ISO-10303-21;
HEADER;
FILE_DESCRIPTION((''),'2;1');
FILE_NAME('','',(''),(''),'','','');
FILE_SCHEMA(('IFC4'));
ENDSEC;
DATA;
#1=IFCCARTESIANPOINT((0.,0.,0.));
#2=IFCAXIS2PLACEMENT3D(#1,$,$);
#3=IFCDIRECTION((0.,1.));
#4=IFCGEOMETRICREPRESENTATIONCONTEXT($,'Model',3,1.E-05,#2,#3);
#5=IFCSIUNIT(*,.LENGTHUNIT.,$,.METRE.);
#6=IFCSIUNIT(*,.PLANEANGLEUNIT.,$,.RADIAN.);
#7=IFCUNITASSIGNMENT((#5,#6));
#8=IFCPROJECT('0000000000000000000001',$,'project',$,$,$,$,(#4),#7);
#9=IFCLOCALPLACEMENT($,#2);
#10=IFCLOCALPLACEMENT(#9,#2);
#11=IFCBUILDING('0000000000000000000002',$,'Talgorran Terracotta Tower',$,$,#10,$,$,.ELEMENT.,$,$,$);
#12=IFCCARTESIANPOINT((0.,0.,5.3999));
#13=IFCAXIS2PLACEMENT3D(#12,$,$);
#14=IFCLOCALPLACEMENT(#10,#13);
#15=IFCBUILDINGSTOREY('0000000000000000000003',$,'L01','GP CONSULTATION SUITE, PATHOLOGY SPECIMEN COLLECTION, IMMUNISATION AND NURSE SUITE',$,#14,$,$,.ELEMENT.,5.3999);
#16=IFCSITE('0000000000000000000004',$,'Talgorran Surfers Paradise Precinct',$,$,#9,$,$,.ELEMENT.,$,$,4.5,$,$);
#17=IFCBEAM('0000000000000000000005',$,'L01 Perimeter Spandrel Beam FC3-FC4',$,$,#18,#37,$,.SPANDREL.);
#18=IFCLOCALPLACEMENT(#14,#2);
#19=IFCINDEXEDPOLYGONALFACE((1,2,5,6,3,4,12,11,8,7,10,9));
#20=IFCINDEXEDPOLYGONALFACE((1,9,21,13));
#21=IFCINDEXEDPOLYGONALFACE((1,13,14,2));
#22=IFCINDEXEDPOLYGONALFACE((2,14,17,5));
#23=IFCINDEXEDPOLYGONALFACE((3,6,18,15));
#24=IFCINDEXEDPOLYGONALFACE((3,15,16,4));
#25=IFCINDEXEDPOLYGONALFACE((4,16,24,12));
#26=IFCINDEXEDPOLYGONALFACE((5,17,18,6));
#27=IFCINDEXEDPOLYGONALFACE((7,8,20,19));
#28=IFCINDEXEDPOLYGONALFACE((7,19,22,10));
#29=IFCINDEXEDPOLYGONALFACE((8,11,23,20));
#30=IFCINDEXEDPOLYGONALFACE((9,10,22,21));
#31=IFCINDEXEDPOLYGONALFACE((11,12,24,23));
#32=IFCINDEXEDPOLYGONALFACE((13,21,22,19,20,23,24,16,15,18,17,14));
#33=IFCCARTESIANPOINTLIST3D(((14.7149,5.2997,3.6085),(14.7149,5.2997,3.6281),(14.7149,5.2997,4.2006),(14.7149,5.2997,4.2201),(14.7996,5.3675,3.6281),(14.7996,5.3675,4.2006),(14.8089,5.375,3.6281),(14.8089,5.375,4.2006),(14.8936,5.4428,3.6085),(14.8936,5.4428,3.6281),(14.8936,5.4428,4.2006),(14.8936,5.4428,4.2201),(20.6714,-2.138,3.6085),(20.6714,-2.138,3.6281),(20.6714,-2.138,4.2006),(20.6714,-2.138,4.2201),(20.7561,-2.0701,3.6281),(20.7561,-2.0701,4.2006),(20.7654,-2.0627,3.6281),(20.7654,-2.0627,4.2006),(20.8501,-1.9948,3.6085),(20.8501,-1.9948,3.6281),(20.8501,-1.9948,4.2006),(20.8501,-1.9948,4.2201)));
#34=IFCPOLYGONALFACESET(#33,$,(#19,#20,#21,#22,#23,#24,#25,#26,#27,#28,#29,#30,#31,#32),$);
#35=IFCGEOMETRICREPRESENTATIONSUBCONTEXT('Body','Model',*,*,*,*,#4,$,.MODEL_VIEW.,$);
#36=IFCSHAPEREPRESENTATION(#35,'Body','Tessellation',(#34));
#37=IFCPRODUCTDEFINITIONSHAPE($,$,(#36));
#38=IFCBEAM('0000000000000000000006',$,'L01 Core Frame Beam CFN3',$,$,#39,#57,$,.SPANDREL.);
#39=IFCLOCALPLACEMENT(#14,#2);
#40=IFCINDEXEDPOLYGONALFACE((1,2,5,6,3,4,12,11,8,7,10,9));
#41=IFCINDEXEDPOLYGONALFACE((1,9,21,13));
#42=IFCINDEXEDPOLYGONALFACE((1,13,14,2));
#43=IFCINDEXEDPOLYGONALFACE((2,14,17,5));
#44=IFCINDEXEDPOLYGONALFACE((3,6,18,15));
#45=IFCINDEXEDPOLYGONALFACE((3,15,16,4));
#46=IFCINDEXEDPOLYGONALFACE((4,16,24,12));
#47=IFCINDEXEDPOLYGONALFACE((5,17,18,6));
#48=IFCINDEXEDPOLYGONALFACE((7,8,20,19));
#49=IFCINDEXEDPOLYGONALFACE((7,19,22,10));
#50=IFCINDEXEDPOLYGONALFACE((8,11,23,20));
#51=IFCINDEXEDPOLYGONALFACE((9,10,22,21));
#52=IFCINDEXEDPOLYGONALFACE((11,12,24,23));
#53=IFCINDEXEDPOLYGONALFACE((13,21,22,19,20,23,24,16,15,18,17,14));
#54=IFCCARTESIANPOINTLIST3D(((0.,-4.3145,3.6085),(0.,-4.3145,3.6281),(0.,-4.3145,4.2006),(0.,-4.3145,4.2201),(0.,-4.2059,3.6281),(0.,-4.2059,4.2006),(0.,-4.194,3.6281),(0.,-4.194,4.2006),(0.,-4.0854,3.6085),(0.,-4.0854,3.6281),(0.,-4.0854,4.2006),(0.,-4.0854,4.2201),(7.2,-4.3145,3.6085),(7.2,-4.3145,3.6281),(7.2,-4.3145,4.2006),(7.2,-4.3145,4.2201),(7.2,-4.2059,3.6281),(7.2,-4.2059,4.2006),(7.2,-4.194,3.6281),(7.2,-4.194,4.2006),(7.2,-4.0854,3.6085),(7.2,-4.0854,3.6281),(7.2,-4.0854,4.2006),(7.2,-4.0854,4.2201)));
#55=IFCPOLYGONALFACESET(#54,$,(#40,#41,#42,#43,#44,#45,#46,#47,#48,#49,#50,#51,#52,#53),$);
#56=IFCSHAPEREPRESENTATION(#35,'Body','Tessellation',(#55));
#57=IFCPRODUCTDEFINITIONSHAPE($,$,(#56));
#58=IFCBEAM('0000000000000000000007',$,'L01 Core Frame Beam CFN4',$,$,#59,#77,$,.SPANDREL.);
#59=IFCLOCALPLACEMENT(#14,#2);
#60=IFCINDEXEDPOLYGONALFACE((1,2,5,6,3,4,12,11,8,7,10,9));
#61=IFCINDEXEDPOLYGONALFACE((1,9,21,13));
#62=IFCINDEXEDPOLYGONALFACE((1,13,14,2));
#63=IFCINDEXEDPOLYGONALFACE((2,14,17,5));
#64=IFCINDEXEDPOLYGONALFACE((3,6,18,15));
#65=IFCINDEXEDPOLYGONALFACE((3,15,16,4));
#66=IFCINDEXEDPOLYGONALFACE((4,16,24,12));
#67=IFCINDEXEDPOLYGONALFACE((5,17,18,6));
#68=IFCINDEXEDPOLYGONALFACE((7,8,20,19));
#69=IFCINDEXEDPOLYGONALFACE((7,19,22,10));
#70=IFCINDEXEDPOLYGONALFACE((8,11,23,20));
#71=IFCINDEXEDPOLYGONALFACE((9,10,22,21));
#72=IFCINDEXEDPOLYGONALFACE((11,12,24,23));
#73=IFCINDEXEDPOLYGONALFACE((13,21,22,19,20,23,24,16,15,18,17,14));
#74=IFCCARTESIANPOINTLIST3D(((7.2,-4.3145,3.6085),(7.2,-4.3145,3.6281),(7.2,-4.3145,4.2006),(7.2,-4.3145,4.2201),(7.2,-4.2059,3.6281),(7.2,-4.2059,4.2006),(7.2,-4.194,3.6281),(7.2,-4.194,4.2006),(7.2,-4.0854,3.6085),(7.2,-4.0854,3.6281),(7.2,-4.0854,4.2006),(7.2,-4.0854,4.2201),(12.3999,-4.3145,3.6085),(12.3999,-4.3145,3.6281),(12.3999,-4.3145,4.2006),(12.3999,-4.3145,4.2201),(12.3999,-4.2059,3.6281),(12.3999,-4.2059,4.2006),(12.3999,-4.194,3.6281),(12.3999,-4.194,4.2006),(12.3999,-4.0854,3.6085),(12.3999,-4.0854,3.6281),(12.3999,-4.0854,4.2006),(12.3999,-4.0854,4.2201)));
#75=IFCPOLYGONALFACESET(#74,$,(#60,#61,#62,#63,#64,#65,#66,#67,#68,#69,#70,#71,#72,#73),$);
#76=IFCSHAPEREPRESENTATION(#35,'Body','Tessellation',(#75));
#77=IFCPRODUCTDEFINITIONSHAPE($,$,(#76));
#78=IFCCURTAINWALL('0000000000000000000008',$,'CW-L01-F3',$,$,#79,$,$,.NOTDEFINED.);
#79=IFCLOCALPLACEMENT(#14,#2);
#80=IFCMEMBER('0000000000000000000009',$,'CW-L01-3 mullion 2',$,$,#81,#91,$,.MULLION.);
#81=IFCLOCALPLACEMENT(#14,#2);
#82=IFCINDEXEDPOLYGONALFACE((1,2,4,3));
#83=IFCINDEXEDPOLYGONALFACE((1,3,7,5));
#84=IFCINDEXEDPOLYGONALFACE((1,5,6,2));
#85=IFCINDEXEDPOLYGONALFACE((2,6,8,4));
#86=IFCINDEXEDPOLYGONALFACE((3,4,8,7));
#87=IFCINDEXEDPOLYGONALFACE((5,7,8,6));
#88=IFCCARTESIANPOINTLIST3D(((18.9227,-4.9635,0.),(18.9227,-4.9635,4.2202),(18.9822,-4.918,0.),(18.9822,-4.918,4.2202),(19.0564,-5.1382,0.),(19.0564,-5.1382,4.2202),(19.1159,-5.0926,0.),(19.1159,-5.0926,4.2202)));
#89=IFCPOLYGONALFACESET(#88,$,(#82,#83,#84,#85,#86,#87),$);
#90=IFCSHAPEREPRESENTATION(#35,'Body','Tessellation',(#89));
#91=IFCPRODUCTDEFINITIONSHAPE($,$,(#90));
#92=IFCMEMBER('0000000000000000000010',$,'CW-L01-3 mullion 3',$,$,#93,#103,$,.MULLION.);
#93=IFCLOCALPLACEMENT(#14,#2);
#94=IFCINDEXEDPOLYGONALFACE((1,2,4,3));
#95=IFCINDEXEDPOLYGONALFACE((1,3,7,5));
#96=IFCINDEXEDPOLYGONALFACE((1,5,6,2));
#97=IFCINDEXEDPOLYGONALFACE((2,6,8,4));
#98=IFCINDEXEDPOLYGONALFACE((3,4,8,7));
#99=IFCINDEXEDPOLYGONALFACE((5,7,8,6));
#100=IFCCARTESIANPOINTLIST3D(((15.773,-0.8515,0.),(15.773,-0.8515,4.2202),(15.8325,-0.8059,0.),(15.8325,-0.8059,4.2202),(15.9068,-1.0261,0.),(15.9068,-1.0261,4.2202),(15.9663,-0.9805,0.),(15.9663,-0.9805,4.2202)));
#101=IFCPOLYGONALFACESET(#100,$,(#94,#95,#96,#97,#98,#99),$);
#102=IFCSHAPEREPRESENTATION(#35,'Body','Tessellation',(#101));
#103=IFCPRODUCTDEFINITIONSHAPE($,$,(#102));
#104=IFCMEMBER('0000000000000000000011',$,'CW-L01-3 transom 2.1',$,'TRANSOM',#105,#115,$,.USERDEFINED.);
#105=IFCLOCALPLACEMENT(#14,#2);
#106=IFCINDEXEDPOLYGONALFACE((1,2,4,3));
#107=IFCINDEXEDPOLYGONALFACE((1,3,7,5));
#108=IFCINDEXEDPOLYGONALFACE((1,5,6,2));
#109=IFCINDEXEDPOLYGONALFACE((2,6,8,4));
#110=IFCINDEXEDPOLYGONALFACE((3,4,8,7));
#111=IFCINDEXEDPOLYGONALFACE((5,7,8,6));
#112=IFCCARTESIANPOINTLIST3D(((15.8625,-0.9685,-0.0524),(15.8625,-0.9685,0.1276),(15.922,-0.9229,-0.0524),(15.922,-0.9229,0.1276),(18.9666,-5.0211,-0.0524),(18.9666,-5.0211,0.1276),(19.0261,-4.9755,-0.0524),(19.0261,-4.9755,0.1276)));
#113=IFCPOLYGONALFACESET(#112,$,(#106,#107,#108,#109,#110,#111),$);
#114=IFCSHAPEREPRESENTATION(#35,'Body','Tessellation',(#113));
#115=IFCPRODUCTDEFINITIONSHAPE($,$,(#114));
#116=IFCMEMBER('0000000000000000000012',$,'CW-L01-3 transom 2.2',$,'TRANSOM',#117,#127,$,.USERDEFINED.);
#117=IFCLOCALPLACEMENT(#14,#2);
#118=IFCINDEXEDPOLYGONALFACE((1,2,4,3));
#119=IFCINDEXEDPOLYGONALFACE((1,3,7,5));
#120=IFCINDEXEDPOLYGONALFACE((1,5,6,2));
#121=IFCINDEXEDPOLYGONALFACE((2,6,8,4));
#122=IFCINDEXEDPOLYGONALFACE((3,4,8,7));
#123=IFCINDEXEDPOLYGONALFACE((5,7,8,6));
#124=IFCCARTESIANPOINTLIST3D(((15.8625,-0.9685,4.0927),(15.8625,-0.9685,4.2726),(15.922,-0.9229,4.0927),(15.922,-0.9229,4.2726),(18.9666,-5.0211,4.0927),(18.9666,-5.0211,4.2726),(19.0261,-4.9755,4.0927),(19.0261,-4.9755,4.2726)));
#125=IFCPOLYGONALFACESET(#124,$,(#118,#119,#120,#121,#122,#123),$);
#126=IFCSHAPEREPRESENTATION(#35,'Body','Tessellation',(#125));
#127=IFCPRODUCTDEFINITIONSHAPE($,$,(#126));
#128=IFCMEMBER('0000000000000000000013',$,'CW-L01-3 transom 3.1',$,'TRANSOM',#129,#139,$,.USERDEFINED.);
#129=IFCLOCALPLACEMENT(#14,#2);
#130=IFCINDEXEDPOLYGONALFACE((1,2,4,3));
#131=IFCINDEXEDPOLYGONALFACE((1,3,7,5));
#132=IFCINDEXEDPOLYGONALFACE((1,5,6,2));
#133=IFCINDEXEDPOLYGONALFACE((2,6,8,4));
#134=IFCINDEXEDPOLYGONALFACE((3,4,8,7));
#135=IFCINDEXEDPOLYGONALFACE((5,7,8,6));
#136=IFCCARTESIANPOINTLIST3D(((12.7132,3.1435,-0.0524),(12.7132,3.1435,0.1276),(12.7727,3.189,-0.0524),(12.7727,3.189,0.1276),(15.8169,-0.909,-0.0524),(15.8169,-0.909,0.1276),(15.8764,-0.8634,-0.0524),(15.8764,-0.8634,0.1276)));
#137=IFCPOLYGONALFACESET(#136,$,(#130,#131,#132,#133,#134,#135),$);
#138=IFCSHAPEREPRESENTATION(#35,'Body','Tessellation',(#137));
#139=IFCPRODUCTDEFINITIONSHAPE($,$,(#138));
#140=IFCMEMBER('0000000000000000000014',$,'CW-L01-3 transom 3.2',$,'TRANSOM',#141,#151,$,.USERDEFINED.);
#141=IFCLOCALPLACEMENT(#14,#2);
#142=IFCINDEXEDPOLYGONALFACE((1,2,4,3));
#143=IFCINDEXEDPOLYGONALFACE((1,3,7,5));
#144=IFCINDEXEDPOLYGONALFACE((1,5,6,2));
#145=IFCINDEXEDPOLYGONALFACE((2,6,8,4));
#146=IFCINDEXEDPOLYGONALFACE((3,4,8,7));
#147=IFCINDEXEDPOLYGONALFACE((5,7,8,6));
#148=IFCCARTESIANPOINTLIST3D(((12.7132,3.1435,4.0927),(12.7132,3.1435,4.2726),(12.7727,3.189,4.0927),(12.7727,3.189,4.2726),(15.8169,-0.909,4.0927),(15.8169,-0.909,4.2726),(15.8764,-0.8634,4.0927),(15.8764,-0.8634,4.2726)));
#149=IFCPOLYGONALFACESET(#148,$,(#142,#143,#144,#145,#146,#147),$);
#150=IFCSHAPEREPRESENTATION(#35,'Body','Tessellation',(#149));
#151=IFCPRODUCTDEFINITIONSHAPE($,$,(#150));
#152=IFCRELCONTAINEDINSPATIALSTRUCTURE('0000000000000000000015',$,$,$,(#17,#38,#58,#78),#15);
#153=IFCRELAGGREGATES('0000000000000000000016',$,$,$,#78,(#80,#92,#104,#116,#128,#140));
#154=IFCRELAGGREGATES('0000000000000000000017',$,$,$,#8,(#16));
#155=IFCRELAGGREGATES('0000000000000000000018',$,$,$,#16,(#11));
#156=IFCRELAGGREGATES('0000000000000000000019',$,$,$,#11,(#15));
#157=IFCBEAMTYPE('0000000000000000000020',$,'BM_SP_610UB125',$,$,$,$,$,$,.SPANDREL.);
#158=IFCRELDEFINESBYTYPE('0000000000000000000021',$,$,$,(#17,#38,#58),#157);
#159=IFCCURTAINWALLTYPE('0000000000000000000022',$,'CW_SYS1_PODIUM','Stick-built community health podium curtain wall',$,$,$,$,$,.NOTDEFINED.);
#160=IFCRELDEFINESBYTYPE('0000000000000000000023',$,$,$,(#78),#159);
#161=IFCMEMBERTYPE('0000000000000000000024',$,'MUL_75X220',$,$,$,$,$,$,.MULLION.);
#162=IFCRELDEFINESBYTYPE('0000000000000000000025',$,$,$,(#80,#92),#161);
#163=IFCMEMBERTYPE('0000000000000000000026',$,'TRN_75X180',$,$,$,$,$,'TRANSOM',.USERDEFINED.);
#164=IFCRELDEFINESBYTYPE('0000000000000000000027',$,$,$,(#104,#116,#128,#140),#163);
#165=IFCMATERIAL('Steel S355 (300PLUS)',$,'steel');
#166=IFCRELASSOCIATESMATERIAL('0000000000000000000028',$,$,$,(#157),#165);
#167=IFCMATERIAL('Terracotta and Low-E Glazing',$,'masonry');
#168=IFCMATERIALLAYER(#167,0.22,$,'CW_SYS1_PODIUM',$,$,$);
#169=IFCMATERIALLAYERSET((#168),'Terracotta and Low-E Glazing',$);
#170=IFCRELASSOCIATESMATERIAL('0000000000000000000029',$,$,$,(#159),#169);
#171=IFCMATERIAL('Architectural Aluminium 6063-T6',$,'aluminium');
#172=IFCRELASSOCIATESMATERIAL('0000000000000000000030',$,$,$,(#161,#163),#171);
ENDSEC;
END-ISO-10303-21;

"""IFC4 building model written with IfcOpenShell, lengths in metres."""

from ifc_helpers import new_model, si_unit, direction, frame, origin, origin_2d, place, context, subcontext, project, spatial, rectangle, i_section, extrude, material, layer, layer_set, material_profile, profile_set, type_object, element, aggregate, save


model = new_model("IFC4")

# Units and contexts
model_context = context("Model", 3, precision=1e-05, world=origin(), true_north=direction((0.0, 1.0)))
body_context = subcontext(model_context, "Body", "Model", "MODEL_VIEW")
ifc_project = project(units=[si_unit("LENGTHUNIT", "METRE"), si_unit("PLANEANGLEUNIT", "RADIAN")], contexts=[model_context])

# Site, building, storey
site_placement = place(None, origin())
site = spatial("IfcSite", under=ifc_project, at=site_placement, Name="Talgorran Surfers Paradise Precinct", CompositionType="ELEMENT", RefElevation=4.5)
building_placement = place(site_placement, origin())
building = spatial("IfcBuilding", under=site, at=building_placement, Name="Talgorran Terracotta Tower", CompositionType="ELEMENT")
storey_placement = place(building_placement, frame((0.0, 0.0, 5.3999)))
storey = spatial("IfcBuildingStorey", under=building, at=storey_placement, Name="L01", Description="GP CONSULTATION SUITE, PATHOLOGY SPECIMEN COLLECTION, IMMUNISATION AND NURSE SUITE", CompositionType="ELEMENT", Elevation=5.3999)

# Shared definitions
ifc_material_1 = material(Name="Steel S355 (300PLUS)", Category="steel")

# Beams
ifc_material_profile_1 = material_profile(ifc_material_1, i_section(OverallWidth=0.229, OverallDepth=0.6116, WebThickness=0.012, FlangeThickness=0.0195, at=origin_2d()), Name="610UB125")
ifc_profile_set_1 = profile_set([ifc_material_profile_1], Name="Steel S355 (300PLUS)")
beam_type_1 = type_object("IfcBeamType", Name="BM_SP_610UB125", PredefinedType="SPANDREL", material=ifc_profile_set_1)
beam_1_placement = place(storey_placement, frame((20.7607, -2.0664, 3.9143), z_axis=(-0.625101, 0.780544, 0.0), x_axis=(-0.780544, -0.625101, 0.0)))
element("IfcBeam", 1, at=beam_1_placement, inside=storey, type_object=beam_type_1, Name="L01 Perimeter Spandrel Beam FC3-FC4", PredefinedType="SPANDREL", context=body_context, shape_type="SweptSolid", body=[
    extrude(i_section(OverallWidth=0.229, OverallDepth=0.6116, WebThickness=0.012, FlangeThickness=0.0195, at=origin_2d()), origin(), (0.0, 0.0, 1.0), 9.5288),
])
beam_2_placement = place(storey_placement, frame((0.0, -4.2, 3.9143), z_axis=(1.0, 0.0, 0.0), x_axis=(0.0, 1.0, 0.0)))
element("IfcBeam", 2, at=beam_2_placement, inside=storey, type_object=beam_type_1, Name="L01 Core Frame Beam CFN3", PredefinedType="SPANDREL", context=body_context, shape_type="SweptSolid", body=[
    extrude(i_section(OverallWidth=0.229, OverallDepth=0.6116, WebThickness=0.012, FlangeThickness=0.0195, at=origin_2d()), origin(), (0.0, 0.0, 1.0), 7.2),
])
beam_3_placement = place(storey_placement, frame((7.2, -4.2, 3.9143), z_axis=(1.0, 0.0, 0.0), x_axis=(0.0, 1.0, 0.0)))
element("IfcBeam", 3, at=beam_3_placement, inside=storey, type_object=beam_type_1, Name="L01 Core Frame Beam CFN4", PredefinedType="SPANDREL", context=body_context, shape_type="SweptSolid", body=[
    extrude(i_section(OverallWidth=0.229, OverallDepth=0.6116, WebThickness=0.012, FlangeThickness=0.0195, at=origin_2d()), origin(), (0.0, 0.0, 1.0), 5.2),
])

# Curtain wall, members
ifc_material_2 = material(Name="Terracotta and Low-E Glazing", Category="masonry")
ifc_layer_1 = layer(ifc_material_2, 0.22, Name="CW_SYS1_PODIUM")
ifc_layer_set_1 = layer_set([ifc_layer_1], Name="Terracotta and Low-E Glazing")
curtain_wall_type = type_object("IfcCurtainWallType", Name="CW_SYS1_PODIUM", Description="Stick-built community health podium curtain wall", PredefinedType="NOTDEFINED", material=ifc_layer_set_1)
curtain_wall_placement = place(storey_placement, origin())
curtain_wall = element("IfcCurtainWall", 4, at=curtain_wall_placement, inside=storey, type_object=curtain_wall_type, Name="CW-L01-F3", PredefinedType="NOTDEFINED")
ifc_material_3 = material(Name="Architectural Aluminium 6063-T6", Category="aluminium")
ifc_material_profile_2 = material_profile(ifc_material_3, rectangle(XDim=0.075, YDim=0.22, at=origin_2d()), Name="CWM75X220")
ifc_profile_set_2 = profile_set([ifc_material_profile_2], Name="Architectural Aluminium 6063-T6")
member_type_1 = type_object("IfcMemberType", Name="MUL_75X220", PredefinedType="MULLION", material=ifc_profile_set_2)
member_1_placement = place(storey_placement, frame((19.0193, -5.0281, 0.0), z_axis=(0.0, 0.0, 1.0), x_axis=(-0.79388, -0.608075, 0.0)))
member_1 = element("IfcMember", 5, at=member_1_placement, type_object=member_type_1, Name="CW-L01-3 mullion 2", PredefinedType="MULLION", context=body_context, shape_type="SweptSolid", body=[
    extrude(rectangle(XDim=0.075, YDim=0.22, at=origin_2d()), origin(), (0.0, 0.0, 1.0), 4.2202),
])
member_2_placement = place(storey_placement, frame((15.8696, -0.916, 0.0), z_axis=(0.0, 0.0, 1.0), x_axis=(-0.79388, -0.608075, 0.0)))
member_2 = element("IfcMember", 6, at=member_2_placement, type_object=member_type_1, Name="CW-L01-3 mullion 3", PredefinedType="MULLION", context=body_context, shape_type="SweptSolid", body=[
    extrude(rectangle(XDim=0.075, YDim=0.22, at=origin_2d()), origin(), (0.0, 0.0, 1.0), 4.2202),
])
ifc_material_profile_3 = material_profile(ifc_material_3, rectangle(XDim=0.075, YDim=0.1799, at=origin_2d()), Name="CWT75X180")
ifc_profile_set_3 = profile_set([ifc_material_profile_3], Name="Architectural Aluminium 6063-T6")
member_type_2 = type_object("IfcMemberType", Name="TRN_75X180", ElementType="TRANSOM", PredefinedType="USERDEFINED", material=ifc_profile_set_3)
member_3_placement = place(storey_placement, frame((18.9963, -4.9983, 0.0376), z_axis=(-0.608073, 0.793881, 0.0), x_axis=(-0.793881, -0.608073, 0.0)))
member_3 = element("IfcMember", 7, at=member_3_placement, type_object=member_type_2, Name="CW-L01-3 transom 2.1", ObjectType="TRANSOM", PredefinedType="USERDEFINED", context=body_context, shape_type="SweptSolid", body=[
    extrude(rectangle(XDim=0.075, YDim=0.1799, at=origin_2d()), origin(), (0.0, 0.0, 1.0), 5.1047),
])
member_4_placement = place(storey_placement, frame((18.9963, -4.9983, 4.1826), z_axis=(-0.608073, 0.793881, 0.0), x_axis=(-0.793881, -0.608073, 0.0)))
member_4 = element("IfcMember", 8, at=member_4_placement, type_object=member_type_2, Name="CW-L01-3 transom 2.2", ObjectType="TRANSOM", PredefinedType="USERDEFINED", context=body_context, shape_type="SweptSolid", body=[
    extrude(rectangle(XDim=0.075, YDim=0.1799, at=origin_2d()), origin(), (0.0, 0.0, 1.0), 5.1047),
])
member_5_placement = place(storey_placement, frame((15.8467, -0.8862, 0.0376), z_axis=(-0.608043, 0.793904, 0.0), x_axis=(-0.793904, -0.608043, 0.0)))
member_5 = element("IfcMember", 9, at=member_5_placement, type_object=member_type_2, Name="CW-L01-3 transom 3.1", ObjectType="TRANSOM", PredefinedType="USERDEFINED", context=body_context, shape_type="SweptSolid", body=[
    extrude(rectangle(XDim=0.075, YDim=0.1799, at=origin_2d()), origin(), (0.0, 0.0, 1.0), 5.1045),
])
member_6_placement = place(storey_placement, frame((15.8467, -0.8862, 4.1826), z_axis=(-0.608043, 0.793904, 0.0), x_axis=(-0.793904, -0.608043, 0.0)))
member_6 = element("IfcMember", 10, at=member_6_placement, type_object=member_type_2, Name="CW-L01-3 transom 3.2", ObjectType="TRANSOM", PredefinedType="USERDEFINED", context=body_context, shape_type="SweptSolid", body=[
    extrude(rectangle(XDim=0.075, YDim=0.1799, at=origin_2d()), origin(), (0.0, 0.0, 1.0), 5.1045),
])

aggregate(curtain_wall, [member_1, member_2, member_3, member_4, member_5, member_6])

save(model, "model.ifc")
